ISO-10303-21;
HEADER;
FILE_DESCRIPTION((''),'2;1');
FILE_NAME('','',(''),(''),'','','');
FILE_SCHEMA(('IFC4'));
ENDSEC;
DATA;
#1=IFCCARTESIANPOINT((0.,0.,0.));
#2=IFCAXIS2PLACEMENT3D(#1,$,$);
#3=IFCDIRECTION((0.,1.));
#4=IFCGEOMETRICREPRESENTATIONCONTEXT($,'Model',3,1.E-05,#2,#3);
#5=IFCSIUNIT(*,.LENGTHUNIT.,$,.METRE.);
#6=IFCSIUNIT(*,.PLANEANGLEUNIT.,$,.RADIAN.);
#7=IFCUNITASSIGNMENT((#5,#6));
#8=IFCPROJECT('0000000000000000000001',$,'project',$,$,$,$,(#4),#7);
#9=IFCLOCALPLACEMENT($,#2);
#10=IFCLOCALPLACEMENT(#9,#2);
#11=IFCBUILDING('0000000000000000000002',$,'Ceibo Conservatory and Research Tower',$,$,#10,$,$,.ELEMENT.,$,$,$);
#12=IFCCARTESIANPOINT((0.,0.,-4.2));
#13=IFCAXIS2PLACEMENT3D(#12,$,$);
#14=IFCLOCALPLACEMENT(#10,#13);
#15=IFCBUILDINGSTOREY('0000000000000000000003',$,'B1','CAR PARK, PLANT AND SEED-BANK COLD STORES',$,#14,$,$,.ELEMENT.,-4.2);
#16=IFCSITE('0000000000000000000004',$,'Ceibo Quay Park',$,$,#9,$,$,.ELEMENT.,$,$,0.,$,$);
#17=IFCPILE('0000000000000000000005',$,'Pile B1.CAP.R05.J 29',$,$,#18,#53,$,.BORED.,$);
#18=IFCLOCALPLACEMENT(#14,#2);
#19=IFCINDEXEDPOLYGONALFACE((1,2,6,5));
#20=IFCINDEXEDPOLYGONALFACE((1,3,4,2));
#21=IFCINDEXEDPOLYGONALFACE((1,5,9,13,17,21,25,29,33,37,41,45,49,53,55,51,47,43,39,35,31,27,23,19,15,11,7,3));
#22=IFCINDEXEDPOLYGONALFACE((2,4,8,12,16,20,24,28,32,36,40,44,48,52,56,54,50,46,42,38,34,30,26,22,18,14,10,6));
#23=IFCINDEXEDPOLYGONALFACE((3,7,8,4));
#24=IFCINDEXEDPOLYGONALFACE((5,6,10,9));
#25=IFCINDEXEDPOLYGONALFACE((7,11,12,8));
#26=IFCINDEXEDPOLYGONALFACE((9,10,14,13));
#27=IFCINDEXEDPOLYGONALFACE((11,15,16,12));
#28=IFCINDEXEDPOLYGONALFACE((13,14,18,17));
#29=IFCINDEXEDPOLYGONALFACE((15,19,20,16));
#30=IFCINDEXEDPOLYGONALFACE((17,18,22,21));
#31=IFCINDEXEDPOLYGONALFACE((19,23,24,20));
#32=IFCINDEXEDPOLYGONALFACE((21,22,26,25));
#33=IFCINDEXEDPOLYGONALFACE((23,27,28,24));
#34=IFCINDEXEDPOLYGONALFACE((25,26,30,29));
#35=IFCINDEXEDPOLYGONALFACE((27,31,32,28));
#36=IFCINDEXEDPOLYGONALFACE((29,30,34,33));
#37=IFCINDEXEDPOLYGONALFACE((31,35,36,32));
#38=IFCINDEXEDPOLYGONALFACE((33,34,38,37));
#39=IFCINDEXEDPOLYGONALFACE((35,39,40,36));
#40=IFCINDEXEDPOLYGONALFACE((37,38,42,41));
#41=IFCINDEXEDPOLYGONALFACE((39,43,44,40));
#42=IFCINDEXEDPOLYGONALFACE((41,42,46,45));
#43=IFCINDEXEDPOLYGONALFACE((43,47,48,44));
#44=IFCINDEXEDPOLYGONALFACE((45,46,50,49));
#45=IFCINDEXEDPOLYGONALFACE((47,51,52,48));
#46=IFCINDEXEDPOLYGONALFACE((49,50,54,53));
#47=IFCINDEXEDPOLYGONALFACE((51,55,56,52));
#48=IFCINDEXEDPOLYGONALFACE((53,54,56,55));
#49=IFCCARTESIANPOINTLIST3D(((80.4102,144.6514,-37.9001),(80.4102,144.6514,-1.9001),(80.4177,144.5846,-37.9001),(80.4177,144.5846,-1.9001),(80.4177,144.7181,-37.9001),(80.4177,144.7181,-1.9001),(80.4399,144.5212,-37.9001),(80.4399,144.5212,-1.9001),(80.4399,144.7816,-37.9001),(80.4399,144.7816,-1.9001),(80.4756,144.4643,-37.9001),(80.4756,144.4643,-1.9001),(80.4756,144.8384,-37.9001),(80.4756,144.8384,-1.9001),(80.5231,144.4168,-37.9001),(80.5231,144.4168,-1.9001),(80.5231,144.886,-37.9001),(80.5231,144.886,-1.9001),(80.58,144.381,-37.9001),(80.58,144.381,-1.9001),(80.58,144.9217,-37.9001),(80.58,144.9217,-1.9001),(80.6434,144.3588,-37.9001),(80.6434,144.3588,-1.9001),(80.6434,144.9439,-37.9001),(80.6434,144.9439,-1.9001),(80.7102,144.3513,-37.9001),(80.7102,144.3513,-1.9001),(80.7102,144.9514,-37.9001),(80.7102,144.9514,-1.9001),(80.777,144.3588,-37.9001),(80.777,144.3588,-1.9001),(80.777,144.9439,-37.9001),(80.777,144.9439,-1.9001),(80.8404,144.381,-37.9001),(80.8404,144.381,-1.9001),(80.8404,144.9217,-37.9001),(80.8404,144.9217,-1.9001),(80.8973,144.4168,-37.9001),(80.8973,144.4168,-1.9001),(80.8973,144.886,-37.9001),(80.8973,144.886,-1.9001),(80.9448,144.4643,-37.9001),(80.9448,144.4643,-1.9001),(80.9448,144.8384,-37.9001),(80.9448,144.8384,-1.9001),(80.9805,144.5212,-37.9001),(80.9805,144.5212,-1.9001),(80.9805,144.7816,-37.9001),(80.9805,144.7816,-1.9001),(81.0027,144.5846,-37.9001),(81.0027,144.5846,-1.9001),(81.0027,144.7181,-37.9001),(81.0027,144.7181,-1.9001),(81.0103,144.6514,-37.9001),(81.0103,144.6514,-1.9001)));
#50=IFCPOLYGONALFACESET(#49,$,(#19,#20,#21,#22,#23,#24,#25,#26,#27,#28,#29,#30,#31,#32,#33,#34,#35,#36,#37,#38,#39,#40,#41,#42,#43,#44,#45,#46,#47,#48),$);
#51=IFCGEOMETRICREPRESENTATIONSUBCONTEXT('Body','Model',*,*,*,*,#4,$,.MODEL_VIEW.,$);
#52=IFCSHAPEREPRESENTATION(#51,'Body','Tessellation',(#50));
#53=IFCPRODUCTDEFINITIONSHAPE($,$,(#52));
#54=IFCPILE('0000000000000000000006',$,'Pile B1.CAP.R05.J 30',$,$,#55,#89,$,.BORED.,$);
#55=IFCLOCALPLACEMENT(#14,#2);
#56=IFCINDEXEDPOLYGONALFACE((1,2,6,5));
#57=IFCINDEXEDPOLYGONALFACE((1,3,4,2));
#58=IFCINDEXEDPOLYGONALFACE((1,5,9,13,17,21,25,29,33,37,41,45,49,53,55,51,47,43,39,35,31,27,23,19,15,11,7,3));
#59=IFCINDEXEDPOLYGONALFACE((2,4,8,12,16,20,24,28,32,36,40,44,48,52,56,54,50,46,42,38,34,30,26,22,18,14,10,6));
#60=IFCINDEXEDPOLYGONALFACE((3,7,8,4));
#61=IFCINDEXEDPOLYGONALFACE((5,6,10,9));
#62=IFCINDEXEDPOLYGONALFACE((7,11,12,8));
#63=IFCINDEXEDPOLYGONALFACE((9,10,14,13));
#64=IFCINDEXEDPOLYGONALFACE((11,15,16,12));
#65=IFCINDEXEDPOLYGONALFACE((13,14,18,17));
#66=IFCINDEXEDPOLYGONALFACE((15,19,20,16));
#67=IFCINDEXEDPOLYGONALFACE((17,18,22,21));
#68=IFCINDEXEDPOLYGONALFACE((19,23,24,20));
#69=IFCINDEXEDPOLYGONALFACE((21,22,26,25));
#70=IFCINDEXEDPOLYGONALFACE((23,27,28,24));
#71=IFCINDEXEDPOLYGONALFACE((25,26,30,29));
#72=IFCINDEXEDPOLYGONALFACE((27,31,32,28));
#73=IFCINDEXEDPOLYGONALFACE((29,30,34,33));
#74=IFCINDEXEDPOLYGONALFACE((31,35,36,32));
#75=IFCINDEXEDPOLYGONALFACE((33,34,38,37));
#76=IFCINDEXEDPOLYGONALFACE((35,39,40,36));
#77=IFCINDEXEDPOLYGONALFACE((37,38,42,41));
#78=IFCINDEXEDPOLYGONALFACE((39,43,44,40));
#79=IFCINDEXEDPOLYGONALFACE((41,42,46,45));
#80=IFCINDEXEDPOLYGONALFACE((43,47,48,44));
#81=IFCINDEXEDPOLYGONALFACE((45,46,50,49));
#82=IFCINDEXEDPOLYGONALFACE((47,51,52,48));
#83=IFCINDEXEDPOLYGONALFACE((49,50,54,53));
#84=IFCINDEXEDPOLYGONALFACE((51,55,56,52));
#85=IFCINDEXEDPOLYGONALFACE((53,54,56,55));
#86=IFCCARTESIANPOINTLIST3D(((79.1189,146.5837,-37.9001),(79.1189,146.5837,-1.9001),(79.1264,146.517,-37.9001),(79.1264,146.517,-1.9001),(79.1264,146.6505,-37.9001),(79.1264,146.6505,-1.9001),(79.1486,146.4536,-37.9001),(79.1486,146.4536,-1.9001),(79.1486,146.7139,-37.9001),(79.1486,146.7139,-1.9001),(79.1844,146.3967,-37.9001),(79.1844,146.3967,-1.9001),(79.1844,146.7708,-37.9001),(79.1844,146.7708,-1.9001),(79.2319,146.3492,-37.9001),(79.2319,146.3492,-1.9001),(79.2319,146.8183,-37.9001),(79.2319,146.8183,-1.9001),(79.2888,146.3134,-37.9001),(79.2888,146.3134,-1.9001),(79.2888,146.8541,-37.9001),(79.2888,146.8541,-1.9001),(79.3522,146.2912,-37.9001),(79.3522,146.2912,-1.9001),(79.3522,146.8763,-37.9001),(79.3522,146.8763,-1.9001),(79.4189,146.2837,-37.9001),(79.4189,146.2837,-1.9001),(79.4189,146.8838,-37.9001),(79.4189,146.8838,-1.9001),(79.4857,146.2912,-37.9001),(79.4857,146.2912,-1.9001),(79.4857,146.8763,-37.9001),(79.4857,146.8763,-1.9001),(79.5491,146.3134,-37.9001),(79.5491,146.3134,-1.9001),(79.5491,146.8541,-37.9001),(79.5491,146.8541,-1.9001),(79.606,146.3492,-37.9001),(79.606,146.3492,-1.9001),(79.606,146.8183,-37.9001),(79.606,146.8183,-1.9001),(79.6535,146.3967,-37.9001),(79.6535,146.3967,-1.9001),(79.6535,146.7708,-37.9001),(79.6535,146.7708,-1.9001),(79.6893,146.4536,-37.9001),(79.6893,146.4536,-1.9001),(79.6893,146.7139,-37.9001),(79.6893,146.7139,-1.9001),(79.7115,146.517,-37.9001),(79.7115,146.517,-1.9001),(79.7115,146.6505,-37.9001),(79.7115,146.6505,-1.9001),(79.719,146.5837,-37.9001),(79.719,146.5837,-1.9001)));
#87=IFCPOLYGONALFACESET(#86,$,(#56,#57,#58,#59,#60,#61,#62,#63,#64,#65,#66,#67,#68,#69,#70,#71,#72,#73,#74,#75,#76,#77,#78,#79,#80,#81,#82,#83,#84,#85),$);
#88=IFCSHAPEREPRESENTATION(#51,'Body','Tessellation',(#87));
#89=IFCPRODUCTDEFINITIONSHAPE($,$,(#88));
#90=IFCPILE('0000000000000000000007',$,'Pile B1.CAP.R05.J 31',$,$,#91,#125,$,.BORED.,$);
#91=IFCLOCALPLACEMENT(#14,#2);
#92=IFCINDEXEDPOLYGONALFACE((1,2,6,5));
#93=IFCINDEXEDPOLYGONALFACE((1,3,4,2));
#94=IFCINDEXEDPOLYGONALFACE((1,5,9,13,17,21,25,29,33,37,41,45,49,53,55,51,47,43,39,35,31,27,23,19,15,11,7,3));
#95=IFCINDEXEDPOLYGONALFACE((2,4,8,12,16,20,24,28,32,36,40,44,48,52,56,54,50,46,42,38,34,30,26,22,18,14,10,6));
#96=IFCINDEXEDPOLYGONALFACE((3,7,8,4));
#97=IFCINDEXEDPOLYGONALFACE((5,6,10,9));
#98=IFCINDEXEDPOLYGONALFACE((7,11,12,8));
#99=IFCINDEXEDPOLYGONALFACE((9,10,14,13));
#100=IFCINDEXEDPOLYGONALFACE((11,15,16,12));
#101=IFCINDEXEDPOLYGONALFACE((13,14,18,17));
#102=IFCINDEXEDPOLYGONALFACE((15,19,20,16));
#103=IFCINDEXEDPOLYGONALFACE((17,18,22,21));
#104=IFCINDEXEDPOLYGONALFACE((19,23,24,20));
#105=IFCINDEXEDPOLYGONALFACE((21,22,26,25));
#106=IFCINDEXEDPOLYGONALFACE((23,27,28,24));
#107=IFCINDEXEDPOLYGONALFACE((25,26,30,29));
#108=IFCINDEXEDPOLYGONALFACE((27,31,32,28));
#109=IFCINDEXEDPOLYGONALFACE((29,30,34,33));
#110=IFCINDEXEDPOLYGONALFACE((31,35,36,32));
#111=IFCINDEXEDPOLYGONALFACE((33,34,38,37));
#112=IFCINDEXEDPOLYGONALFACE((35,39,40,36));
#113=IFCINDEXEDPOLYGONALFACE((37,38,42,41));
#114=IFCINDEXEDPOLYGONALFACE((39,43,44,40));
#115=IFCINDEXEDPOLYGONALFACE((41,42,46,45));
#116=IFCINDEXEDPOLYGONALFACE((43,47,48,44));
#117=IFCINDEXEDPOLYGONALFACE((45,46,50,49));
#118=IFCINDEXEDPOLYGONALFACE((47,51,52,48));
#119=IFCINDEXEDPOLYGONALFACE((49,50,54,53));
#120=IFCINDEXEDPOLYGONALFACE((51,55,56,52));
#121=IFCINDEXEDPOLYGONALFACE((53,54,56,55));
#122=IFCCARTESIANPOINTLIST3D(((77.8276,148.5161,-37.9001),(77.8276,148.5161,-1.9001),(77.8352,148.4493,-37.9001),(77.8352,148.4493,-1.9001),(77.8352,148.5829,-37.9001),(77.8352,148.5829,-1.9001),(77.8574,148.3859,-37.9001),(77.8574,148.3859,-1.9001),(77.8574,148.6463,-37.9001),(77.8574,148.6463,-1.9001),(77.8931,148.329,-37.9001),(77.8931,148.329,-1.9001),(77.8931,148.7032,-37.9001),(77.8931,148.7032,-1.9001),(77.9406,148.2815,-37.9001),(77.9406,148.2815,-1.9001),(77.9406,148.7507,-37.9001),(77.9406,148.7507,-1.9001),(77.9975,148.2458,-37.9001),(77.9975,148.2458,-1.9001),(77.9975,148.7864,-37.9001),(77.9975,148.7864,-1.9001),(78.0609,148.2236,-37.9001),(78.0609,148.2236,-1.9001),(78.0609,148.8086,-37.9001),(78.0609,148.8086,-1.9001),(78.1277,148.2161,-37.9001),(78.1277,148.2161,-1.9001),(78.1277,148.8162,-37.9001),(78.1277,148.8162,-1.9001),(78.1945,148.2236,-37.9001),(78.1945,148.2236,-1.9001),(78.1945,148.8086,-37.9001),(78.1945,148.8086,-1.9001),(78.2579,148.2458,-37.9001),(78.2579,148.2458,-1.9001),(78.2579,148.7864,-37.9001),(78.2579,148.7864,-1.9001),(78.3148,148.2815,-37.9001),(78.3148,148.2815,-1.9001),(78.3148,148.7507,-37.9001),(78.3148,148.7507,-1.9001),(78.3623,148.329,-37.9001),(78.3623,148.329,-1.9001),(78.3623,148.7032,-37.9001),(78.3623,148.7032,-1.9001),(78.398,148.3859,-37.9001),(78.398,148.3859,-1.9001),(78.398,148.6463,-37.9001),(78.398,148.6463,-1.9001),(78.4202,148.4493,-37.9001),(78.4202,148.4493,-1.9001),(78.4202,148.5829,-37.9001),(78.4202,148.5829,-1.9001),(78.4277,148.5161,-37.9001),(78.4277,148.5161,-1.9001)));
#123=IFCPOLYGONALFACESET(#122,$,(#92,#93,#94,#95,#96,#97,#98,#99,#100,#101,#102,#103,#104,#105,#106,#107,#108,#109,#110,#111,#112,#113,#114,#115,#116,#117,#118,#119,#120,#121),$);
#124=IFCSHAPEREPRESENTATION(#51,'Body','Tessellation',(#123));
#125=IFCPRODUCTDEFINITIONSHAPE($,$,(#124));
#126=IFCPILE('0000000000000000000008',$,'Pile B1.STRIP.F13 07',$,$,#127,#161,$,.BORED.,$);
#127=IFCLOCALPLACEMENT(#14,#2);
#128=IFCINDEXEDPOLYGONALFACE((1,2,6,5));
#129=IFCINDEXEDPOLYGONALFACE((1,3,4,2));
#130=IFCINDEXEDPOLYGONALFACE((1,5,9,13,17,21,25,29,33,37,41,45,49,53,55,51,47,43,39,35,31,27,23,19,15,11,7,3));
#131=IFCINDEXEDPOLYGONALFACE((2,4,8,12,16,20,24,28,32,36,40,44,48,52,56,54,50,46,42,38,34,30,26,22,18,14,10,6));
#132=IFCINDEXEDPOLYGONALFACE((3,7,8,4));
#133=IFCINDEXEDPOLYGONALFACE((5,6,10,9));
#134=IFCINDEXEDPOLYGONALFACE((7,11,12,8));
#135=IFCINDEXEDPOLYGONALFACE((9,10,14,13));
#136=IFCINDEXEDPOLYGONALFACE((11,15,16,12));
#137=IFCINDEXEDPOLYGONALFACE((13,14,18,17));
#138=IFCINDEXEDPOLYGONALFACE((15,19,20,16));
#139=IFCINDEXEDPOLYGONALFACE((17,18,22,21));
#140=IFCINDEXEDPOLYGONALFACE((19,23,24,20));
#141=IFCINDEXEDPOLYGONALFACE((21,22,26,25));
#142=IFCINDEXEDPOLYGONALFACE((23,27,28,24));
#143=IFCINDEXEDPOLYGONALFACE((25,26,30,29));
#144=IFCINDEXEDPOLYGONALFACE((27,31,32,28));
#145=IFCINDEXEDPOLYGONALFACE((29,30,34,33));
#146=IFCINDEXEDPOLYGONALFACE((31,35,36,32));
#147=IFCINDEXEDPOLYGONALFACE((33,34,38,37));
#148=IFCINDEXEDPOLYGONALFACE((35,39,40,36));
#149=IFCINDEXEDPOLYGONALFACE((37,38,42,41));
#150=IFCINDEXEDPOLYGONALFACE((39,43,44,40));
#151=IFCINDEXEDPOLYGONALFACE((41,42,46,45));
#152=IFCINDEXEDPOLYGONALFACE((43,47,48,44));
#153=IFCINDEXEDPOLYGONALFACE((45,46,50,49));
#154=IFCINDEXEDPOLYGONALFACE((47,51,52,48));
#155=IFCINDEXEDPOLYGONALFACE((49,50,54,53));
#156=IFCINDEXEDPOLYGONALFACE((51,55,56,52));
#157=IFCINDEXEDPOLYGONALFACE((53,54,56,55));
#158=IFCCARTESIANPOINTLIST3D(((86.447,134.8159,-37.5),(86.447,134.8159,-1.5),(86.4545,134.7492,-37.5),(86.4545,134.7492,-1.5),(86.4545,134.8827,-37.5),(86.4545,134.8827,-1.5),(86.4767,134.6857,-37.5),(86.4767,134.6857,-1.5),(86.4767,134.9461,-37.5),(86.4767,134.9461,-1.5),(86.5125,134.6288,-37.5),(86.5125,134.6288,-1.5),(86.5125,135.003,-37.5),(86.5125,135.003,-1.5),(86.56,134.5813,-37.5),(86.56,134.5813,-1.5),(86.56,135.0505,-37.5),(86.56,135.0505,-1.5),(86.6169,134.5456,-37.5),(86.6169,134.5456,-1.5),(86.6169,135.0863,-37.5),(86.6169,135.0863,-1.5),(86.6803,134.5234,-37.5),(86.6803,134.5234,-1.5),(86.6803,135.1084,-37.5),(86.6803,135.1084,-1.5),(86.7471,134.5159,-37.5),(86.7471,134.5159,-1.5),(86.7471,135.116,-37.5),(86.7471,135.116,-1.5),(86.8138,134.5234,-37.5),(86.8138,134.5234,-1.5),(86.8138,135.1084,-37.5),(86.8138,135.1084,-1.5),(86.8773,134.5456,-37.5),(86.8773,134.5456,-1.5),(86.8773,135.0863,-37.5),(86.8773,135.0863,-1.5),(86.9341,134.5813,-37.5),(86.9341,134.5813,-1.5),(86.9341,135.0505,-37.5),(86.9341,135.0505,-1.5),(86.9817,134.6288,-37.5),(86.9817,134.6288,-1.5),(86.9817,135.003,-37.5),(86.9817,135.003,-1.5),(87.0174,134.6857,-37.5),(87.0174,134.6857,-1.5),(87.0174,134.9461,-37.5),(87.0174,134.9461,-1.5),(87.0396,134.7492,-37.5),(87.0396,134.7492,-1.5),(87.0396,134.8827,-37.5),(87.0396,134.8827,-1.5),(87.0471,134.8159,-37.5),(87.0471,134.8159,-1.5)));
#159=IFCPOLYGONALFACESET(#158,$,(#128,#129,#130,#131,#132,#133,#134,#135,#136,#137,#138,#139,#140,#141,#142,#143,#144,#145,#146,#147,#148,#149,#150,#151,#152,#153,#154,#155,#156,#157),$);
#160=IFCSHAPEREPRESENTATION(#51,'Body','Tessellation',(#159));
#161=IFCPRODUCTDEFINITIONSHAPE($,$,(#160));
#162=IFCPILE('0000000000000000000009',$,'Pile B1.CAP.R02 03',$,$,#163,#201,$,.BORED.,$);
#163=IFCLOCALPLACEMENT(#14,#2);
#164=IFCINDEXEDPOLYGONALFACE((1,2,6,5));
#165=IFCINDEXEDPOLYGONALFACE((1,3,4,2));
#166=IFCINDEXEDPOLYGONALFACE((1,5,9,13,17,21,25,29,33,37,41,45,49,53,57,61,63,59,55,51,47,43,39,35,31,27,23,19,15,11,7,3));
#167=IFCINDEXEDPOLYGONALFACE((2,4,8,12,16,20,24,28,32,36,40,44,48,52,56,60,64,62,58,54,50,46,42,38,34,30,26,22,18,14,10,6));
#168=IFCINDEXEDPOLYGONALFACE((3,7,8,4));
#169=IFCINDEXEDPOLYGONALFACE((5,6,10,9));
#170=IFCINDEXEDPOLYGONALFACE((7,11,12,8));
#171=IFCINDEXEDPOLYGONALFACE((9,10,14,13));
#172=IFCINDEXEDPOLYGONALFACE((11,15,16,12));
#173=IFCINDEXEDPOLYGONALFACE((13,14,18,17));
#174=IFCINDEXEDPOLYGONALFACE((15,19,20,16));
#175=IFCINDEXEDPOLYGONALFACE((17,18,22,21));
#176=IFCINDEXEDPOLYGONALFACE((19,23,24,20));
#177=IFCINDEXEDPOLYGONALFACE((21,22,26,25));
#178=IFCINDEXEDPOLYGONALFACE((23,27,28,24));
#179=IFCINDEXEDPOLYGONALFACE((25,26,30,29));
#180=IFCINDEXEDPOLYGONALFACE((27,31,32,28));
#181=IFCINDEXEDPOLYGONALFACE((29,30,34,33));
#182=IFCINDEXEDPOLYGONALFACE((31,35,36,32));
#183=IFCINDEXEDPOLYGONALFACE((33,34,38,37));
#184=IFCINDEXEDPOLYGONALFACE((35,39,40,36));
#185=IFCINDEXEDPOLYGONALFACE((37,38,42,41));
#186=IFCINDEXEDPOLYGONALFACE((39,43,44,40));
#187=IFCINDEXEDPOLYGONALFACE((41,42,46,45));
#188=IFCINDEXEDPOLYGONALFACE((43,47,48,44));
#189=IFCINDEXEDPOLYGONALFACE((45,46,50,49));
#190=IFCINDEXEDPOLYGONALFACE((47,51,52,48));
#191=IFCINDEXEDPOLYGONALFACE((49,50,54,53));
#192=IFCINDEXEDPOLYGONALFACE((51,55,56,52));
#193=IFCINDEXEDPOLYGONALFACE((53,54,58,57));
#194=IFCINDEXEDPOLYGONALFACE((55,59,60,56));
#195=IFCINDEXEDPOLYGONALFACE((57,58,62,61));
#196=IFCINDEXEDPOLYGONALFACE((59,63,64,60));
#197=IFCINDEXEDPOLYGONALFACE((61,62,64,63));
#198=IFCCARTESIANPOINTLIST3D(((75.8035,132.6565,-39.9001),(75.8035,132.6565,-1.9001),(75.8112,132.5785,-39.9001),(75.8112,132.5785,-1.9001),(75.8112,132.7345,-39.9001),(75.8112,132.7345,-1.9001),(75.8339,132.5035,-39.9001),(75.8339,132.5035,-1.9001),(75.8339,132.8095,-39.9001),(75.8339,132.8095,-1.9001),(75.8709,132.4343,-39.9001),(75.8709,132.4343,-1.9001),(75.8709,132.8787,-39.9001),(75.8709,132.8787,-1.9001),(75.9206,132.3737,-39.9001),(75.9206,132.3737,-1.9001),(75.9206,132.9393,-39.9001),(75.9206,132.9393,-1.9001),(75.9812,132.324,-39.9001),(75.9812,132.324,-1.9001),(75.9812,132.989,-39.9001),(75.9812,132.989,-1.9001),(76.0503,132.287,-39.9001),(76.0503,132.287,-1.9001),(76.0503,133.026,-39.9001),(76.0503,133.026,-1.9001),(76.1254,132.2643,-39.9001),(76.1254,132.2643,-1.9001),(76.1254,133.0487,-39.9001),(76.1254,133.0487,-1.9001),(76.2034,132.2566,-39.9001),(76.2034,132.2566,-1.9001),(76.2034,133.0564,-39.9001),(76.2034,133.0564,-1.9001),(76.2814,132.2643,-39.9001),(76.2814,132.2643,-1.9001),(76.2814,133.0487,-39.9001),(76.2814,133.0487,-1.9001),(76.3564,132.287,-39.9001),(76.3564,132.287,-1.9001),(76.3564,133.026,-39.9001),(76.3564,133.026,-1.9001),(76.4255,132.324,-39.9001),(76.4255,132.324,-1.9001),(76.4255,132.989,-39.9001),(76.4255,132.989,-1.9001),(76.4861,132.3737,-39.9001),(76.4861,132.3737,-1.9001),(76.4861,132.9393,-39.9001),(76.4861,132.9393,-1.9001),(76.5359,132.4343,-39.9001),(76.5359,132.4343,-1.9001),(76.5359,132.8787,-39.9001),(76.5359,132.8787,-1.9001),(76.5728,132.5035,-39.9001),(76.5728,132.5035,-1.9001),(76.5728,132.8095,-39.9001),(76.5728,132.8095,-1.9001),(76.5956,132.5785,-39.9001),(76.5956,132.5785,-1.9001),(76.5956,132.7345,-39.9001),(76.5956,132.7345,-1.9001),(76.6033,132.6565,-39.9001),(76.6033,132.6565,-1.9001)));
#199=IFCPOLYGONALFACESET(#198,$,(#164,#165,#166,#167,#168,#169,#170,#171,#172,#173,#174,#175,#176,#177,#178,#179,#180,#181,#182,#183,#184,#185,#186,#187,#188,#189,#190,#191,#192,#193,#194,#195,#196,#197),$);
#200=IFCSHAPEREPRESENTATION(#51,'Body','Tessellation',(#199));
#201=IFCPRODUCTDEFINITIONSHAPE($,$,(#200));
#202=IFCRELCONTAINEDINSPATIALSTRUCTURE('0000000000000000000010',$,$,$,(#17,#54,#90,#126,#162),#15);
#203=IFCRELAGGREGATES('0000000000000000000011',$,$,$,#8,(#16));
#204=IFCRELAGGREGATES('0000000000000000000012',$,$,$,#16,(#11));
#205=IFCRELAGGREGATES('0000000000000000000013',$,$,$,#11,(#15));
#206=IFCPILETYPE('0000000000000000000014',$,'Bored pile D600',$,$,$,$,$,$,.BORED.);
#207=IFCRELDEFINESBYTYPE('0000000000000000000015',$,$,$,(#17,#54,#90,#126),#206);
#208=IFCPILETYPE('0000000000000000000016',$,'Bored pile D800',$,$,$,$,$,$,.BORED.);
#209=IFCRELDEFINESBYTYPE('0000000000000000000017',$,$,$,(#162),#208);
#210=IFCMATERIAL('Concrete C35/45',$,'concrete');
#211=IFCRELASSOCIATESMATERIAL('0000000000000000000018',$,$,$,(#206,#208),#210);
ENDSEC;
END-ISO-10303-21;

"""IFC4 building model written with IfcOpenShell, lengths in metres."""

from ifc_helpers import new_model, si_unit, direction, frame, origin, origin_2d, place, context, subcontext, project, spatial, circle, extrude, material, material_profile, profile_set, type_object, element, save


model = new_model("IFC4")

# Units and contexts
model_context = context("Model", 3, precision=1e-05, world=origin(), true_north=direction((0.0, 1.0)))
body_context = subcontext(model_context, "Body", "Model", "MODEL_VIEW")
ifc_project = project(units=[si_unit("LENGTHUNIT", "METRE"), si_unit("PLANEANGLEUNIT", "RADIAN")], contexts=[model_context])

# Site, building, storey
site_placement = place(None, origin())
site = spatial("IfcSite", under=ifc_project, at=site_placement, Name="Ceibo Quay Park", CompositionType="ELEMENT", RefElevation=0.0)
building_placement = place(site_placement, origin())
building = spatial("IfcBuilding", under=site, at=building_placement, Name="Ceibo Conservatory and Research Tower", CompositionType="ELEMENT")
storey_placement = place(building_placement, frame((0.0, 0.0, -4.2)))
storey = spatial("IfcBuildingStorey", under=building, at=storey_placement, Name="B1", Description="CAR PARK, PLANT AND SEED-BANK COLD STORES", CompositionType="ELEMENT", Elevation=-4.2)

# Piles
ifc_material_1 = material(Name="Concrete C35/45", Category="concrete")
ifc_material_profile_1 = material_profile(ifc_material_1, circle(Radius=0.3, at=origin_2d()), Name="RC D600")
ifc_profile_set_1 = profile_set([ifc_material_profile_1], Name="Concrete C35/45")
pile_type_1 = type_object("IfcPileType", Name="Bored pile D600", PredefinedType="BORED", material=ifc_profile_set_1)
for number, where, z_axis, x_axis, name in (
    (1, (80.7102, 144.6514, -1.9001), (0.0, 0.0, -1.0), (1.0, 0.0, 0.0), "Pile B1.CAP.R05.J 29"),
    (2, (79.4189, 146.5837, -1.9001), (0.0, 0.0, -1.0), (1.0, 0.0, 0.0), "Pile B1.CAP.R05.J 30"),
    (3, (78.1277, 148.5161, -1.9001), (0.0, 0.0, -1.0), (1.0, 0.0, 0.0), "Pile B1.CAP.R05.J 31"),
    (4, (86.7471, 134.8159, -1.5), (0.0, 0.0, -1.0), (1.0, 0.0, 0.0), "Pile B1.STRIP.F13 07"),
):
    element("IfcPile", number, at=place(storey_placement, frame(where, z_axis=z_axis, x_axis=x_axis)), inside=storey, type_object=pile_type_1, Name=name, PredefinedType="BORED", context=body_context, shape_type="SweptSolid", body=[
        extrude(circle(Radius=0.3, at=origin_2d()), origin(), (0.0, 0.0, 1.0), 36.0),
    ])
ifc_material_profile_2 = material_profile(ifc_material_1, circle(Radius=0.3999, at=origin_2d()), Name="RC D800")
ifc_profile_set_2 = profile_set([ifc_material_profile_2], Name="Concrete C35/45")
pile_type_2 = type_object("IfcPileType", Name="Bored pile D800", PredefinedType="BORED", material=ifc_profile_set_2)
for number, where, z_axis, x_axis, name in (
    (5, (76.2034, 132.6565, -1.9001), (0.0, 0.0, -1.0), (1.0, 0.0, 0.0), "Pile B1.CAP.R02 03"),
):
    element("IfcPile", number, at=place(storey_placement, frame(where, z_axis=z_axis, x_axis=x_axis)), inside=storey, type_object=pile_type_2, Name=name, PredefinedType="BORED", context=body_context, shape_type="SweptSolid", body=[
        extrude(circle(Radius=0.3999, at=origin_2d()), origin(), (0.0, 0.0, 1.0), 38.0),
    ])

save(model, "model.ifc")
